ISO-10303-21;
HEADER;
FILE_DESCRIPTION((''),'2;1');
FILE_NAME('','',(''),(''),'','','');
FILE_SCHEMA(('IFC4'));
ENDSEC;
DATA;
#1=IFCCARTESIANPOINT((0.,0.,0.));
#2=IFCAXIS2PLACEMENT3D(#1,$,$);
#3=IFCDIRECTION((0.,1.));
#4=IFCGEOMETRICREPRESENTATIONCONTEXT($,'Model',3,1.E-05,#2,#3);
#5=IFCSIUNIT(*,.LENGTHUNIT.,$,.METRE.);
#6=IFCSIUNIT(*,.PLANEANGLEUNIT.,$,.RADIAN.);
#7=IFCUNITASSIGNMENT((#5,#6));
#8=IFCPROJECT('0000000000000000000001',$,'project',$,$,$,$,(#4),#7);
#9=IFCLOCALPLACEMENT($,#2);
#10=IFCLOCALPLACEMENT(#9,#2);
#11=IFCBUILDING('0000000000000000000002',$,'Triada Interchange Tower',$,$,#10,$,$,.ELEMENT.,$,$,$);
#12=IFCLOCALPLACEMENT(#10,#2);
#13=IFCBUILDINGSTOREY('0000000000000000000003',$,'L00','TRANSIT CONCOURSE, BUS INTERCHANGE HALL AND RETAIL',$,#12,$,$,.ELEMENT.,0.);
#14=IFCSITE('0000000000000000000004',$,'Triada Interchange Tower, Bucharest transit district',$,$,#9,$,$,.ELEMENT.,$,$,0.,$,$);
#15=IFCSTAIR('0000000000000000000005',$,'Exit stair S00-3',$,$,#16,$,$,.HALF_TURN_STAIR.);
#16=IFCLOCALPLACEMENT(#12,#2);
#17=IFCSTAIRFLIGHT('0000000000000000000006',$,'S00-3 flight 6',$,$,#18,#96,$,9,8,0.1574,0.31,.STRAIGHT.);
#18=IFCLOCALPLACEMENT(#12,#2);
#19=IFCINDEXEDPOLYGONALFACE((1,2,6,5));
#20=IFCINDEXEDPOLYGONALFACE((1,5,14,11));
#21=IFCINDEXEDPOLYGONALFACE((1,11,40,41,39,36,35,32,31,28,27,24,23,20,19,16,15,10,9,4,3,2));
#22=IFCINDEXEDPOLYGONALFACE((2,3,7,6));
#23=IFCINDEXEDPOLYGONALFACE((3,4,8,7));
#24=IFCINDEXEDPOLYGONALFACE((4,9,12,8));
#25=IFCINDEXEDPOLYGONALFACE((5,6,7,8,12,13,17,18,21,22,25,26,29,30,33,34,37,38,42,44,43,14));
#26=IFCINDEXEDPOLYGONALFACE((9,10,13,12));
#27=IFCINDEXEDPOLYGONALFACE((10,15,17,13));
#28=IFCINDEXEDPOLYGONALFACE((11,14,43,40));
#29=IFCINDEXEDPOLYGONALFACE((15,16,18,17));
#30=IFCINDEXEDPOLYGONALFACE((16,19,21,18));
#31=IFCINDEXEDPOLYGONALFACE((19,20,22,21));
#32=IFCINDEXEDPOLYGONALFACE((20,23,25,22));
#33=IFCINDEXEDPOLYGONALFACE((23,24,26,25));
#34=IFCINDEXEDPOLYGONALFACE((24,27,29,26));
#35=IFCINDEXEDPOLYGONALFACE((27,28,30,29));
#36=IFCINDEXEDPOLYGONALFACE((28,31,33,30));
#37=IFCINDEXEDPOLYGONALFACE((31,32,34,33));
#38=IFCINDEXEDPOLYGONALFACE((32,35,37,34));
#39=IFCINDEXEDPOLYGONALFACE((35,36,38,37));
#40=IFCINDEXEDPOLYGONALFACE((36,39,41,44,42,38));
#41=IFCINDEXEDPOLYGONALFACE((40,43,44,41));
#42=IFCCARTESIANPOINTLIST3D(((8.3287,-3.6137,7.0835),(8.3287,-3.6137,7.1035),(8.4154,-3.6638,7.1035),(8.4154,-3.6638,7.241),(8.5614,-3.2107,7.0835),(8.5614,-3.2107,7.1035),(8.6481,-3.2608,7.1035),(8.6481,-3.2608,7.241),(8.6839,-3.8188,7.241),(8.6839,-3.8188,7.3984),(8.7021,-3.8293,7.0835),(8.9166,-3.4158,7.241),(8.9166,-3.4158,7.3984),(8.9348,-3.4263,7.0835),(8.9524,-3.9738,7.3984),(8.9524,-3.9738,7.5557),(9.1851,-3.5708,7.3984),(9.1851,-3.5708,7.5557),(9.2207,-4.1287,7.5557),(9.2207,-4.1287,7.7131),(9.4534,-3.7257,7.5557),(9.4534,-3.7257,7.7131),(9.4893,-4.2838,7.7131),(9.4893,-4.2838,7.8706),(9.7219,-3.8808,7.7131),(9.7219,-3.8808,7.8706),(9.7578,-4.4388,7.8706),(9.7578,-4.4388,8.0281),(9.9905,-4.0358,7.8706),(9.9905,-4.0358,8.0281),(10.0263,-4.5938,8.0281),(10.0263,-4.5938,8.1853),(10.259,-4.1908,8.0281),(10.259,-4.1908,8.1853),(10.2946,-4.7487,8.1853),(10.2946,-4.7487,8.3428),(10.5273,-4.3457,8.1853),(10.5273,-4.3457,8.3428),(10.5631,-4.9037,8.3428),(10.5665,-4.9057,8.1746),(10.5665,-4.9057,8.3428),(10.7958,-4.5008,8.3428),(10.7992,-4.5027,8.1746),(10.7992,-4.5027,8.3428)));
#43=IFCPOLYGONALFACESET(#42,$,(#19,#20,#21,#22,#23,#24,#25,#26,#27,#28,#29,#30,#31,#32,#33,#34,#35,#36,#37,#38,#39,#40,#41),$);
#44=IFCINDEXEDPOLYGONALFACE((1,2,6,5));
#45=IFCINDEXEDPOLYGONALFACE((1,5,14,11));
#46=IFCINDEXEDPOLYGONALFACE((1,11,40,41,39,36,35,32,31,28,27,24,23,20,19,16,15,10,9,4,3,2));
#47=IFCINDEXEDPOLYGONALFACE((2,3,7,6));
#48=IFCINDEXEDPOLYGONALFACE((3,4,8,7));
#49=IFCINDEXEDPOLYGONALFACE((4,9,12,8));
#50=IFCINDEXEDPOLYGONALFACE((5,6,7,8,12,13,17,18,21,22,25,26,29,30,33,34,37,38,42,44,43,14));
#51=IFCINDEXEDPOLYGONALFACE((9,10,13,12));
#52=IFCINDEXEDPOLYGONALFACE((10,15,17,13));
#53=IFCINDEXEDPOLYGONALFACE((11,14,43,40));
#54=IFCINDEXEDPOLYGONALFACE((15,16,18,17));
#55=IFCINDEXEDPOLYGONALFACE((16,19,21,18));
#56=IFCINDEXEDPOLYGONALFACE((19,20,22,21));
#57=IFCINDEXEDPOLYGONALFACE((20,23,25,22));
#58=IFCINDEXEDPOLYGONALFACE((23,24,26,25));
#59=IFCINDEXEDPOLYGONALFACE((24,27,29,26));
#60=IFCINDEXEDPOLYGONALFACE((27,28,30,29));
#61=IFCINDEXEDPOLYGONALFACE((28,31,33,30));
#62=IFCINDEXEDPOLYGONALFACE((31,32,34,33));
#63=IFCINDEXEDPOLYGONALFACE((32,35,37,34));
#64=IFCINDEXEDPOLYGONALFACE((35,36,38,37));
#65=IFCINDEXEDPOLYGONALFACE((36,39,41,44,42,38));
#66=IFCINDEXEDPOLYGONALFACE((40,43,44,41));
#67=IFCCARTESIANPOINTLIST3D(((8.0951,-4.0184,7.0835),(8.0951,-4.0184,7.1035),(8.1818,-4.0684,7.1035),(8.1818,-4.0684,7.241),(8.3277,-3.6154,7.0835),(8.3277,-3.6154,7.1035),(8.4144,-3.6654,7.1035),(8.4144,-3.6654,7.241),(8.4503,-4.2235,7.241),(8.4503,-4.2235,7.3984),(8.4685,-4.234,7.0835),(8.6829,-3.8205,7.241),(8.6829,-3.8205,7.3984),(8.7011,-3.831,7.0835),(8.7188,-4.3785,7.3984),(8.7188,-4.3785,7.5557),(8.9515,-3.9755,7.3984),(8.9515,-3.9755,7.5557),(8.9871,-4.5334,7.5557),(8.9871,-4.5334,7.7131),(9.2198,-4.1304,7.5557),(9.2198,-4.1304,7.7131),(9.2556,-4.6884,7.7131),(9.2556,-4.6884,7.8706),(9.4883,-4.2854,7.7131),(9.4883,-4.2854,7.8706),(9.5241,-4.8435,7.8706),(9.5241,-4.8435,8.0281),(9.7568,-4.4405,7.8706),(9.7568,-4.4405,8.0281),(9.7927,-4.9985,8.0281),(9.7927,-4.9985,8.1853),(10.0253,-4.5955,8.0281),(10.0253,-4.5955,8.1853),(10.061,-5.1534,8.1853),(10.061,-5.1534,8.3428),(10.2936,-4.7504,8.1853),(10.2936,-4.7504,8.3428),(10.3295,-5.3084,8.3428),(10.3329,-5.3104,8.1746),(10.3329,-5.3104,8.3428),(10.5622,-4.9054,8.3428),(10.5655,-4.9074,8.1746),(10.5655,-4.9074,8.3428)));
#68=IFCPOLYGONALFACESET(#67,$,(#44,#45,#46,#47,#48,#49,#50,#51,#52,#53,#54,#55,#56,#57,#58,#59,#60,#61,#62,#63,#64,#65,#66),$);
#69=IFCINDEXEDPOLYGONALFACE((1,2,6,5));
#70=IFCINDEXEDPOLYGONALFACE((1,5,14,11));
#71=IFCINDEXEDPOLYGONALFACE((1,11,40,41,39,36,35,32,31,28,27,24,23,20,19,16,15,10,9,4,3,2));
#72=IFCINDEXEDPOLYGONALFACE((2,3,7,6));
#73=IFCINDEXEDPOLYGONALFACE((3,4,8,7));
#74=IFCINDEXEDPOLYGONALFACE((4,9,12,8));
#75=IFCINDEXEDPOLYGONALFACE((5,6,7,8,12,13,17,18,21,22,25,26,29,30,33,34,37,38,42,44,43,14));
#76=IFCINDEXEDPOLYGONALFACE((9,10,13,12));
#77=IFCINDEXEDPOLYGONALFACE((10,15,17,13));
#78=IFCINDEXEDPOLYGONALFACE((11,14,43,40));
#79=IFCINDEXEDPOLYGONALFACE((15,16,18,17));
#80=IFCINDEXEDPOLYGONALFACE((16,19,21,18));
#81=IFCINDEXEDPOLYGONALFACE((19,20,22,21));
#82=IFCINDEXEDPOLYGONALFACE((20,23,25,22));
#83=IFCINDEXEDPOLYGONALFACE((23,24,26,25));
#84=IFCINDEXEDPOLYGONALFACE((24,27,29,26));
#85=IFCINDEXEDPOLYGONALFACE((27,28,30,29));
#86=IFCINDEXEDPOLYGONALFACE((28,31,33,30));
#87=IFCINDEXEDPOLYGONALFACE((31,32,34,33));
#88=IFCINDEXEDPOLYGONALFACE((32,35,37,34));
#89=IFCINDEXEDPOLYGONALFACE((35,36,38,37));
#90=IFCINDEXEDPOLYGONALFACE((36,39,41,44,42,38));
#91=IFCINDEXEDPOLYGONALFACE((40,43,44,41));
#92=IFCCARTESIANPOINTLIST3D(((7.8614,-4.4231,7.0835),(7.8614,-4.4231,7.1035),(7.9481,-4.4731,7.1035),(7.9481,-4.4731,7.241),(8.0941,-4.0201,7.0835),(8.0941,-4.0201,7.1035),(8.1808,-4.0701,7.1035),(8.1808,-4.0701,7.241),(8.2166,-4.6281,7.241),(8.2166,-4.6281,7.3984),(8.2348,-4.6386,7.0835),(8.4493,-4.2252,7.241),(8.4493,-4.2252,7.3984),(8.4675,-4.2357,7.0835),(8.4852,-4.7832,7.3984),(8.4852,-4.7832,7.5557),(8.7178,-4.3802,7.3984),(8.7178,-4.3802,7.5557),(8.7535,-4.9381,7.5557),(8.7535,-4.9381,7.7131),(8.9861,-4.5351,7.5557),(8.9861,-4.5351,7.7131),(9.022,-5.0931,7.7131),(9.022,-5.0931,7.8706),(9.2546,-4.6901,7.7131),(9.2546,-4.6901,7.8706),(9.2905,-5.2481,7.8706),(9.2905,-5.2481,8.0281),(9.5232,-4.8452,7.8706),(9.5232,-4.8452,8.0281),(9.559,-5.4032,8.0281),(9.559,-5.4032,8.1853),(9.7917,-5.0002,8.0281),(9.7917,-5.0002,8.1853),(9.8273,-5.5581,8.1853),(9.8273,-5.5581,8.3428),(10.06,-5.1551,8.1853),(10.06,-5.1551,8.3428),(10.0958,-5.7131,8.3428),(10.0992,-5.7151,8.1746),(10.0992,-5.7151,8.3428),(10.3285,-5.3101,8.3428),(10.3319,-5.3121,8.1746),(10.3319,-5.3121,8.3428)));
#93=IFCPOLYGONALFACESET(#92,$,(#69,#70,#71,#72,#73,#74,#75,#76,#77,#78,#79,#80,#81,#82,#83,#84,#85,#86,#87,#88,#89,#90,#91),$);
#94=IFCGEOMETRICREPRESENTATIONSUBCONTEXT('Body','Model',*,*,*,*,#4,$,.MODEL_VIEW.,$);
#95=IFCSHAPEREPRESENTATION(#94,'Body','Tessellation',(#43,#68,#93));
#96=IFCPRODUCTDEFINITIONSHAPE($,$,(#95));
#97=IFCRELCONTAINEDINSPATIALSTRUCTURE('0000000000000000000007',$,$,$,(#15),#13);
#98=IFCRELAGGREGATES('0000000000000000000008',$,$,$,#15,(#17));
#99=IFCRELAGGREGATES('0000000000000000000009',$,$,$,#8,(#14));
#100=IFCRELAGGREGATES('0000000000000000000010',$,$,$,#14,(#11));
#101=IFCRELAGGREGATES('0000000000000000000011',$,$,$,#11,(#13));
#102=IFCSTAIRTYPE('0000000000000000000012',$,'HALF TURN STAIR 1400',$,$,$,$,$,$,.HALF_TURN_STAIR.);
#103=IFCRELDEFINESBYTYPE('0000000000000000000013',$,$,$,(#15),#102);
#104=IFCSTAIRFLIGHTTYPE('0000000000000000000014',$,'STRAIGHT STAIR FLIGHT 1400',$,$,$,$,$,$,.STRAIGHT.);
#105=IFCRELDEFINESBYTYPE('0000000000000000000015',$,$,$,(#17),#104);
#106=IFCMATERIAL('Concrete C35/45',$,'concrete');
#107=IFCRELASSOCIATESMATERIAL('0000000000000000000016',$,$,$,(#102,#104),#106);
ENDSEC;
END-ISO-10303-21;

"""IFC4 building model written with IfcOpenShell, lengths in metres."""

from ifc_helpers import new_model, si_unit, direction, frame, origin, place, context, subcontext, project, spatial, polyline, outline, extrude, material, type_object, element, aggregate, save


model = new_model("IFC4")

# Units and contexts
model_context = context("Model", 3, precision=1e-05, world=origin(), true_north=direction((0.0, 1.0)))
body_context = subcontext(model_context, "Body", "Model", "MODEL_VIEW")
ifc_project = project(units=[si_unit("LENGTHUNIT", "METRE"), si_unit("PLANEANGLEUNIT", "RADIAN")], contexts=[model_context])

# Site, building, storey
site_placement = place(None, origin())
site = spatial("IfcSite", under=ifc_project, at=site_placement, Name="Triada Interchange Tower, Bucharest transit district", CompositionType="ELEMENT", RefElevation=0.0)
building_placement = place(site_placement, origin())
building = spatial("IfcBuilding", under=site, at=building_placement, Name="Triada Interchange Tower", CompositionType="ELEMENT")
storey_placement = place(building_placement, origin())
storey = spatial("IfcBuildingStorey", under=building, at=storey_placement, Name="L00", Description="TRANSIT CONCOURSE, BUS INTERCHANGE HALL AND RETAIL", CompositionType="ELEMENT", Elevation=0.0)

# Shared definitions
ifc_material_1 = material(Name="Concrete C35/45", Category="concrete")

# Stair, stair flight
stair_type = type_object("IfcStairType", Name="HALF TURN STAIR 1400", PredefinedType="HALF_TURN_STAIR", material=ifc_material_1)
stair_placement = place(storey_placement, origin())
stair = element("IfcStair", 1, at=stair_placement, inside=storey, type_object=stair_type, Name="Exit stair S00-3", PredefinedType="HALF_TURN_STAIR")
stair_flight_type = type_object("IfcStairFlightType", Name="STRAIGHT STAIR FLIGHT 1400", PredefinedType="STRAIGHT", material=ifc_material_1)
stair_flight_1_placement = place(storey_placement, frame((8.2981, -3.8669, 7.0835), z_axis=(0.0, 0.0, 1.0), x_axis=(0.866025, -0.5, 0.0)))
stair_flight_1 = element("IfcStairFlight", 2, at=stair_flight_1_placement, type_object=stair_flight_type, Name="S00-3 flight 6", NumberOfRisers=9, NumberOfTreads=8, PredefinedType="STRAIGHT", RiserHeight=0.1574, TreadLength=0.31, context=body_context, shape_type="SweptSolid", body=[
    extrude(outline(polyline([(-0.1001, 0.0), (-0.1001, 0.02), (0.0, 0.02), (0.0, 0.1575), (0.3101, 0.1575), (0.3101, 0.3149), (0.6201, 0.3149), (0.6201, 0.4722), (0.9299, 0.4722), (0.9299, 0.6296), (1.24, 0.6296), (1.24, 0.7871), (1.55, 0.7871), (1.55, 0.9446), (1.8601, 0.9446), (1.8601, 1.1018), (2.1699, 1.1018), (2.1699, 1.2593), (2.48, 1.2593), (2.4839, 1.2593), (2.4839, 1.4167), (2.4839, 1.0911), (0.3311, 0.0), (-0.1001, 0.0)])), frame((0.0, 0.7, 0.0), z_axis=(0.0, -1.0, 0.0), x_axis=(1.0, 0.0, 0.0)), (0.0, 0.0, 1.0), 0.4653),
    extrude(outline(polyline([(-0.1001, 0.0), (-0.1001, 0.02), (0.0, 0.02), (0.0, 0.1575), (0.3101, 0.1575), (0.3101, 0.3149), (0.6201, 0.3149), (0.6201, 0.4722), (0.9299, 0.4722), (0.9299, 0.6296), (1.24, 0.6296), (1.24, 0.7871), (1.55, 0.7871), (1.55, 0.9446), (1.8601, 0.9446), (1.8601, 1.1018), (2.1699, 1.1018), (2.1699, 1.2593), (2.48, 1.2593), (2.4839, 1.2593), (2.4839, 1.4167), (2.4839, 1.0911), (0.3311, 0.0), (-0.1001, 0.0)])), frame((0.0, 0.2327, 0.0), z_axis=(0.0, -1.0, 0.0), x_axis=(1.0, 0.0, 0.0)), (0.0, 0.0, 1.0), 0.4653),
    extrude(outline(polyline([(-0.1001, 0.0), (-0.1001, 0.02), (0.0, 0.02), (0.0, 0.1575), (0.3101, 0.1575), (0.3101, 0.3149), (0.6201, 0.3149), (0.6201, 0.4722), (0.9299, 0.4722), (0.9299, 0.6296), (1.24, 0.6296), (1.24, 0.7871), (1.55, 0.7871), (1.55, 0.9446), (1.8601, 0.9446), (1.8601, 1.1018), (2.1699, 1.1018), (2.1699, 1.2593), (2.48, 1.2593), (2.4839, 1.2593), (2.4839, 1.4167), (2.4839, 1.0911), (0.3311, 0.0), (-0.1001, 0.0)])), frame((0.0, -0.2346, 0.0), z_axis=(0.0, -1.0, 0.0), x_axis=(1.0, 0.0, 0.0)), (0.0, 0.0, 1.0), 0.4653),
])
aggregate(stair, [stair_flight_1])

save(model, "model.ifc")
